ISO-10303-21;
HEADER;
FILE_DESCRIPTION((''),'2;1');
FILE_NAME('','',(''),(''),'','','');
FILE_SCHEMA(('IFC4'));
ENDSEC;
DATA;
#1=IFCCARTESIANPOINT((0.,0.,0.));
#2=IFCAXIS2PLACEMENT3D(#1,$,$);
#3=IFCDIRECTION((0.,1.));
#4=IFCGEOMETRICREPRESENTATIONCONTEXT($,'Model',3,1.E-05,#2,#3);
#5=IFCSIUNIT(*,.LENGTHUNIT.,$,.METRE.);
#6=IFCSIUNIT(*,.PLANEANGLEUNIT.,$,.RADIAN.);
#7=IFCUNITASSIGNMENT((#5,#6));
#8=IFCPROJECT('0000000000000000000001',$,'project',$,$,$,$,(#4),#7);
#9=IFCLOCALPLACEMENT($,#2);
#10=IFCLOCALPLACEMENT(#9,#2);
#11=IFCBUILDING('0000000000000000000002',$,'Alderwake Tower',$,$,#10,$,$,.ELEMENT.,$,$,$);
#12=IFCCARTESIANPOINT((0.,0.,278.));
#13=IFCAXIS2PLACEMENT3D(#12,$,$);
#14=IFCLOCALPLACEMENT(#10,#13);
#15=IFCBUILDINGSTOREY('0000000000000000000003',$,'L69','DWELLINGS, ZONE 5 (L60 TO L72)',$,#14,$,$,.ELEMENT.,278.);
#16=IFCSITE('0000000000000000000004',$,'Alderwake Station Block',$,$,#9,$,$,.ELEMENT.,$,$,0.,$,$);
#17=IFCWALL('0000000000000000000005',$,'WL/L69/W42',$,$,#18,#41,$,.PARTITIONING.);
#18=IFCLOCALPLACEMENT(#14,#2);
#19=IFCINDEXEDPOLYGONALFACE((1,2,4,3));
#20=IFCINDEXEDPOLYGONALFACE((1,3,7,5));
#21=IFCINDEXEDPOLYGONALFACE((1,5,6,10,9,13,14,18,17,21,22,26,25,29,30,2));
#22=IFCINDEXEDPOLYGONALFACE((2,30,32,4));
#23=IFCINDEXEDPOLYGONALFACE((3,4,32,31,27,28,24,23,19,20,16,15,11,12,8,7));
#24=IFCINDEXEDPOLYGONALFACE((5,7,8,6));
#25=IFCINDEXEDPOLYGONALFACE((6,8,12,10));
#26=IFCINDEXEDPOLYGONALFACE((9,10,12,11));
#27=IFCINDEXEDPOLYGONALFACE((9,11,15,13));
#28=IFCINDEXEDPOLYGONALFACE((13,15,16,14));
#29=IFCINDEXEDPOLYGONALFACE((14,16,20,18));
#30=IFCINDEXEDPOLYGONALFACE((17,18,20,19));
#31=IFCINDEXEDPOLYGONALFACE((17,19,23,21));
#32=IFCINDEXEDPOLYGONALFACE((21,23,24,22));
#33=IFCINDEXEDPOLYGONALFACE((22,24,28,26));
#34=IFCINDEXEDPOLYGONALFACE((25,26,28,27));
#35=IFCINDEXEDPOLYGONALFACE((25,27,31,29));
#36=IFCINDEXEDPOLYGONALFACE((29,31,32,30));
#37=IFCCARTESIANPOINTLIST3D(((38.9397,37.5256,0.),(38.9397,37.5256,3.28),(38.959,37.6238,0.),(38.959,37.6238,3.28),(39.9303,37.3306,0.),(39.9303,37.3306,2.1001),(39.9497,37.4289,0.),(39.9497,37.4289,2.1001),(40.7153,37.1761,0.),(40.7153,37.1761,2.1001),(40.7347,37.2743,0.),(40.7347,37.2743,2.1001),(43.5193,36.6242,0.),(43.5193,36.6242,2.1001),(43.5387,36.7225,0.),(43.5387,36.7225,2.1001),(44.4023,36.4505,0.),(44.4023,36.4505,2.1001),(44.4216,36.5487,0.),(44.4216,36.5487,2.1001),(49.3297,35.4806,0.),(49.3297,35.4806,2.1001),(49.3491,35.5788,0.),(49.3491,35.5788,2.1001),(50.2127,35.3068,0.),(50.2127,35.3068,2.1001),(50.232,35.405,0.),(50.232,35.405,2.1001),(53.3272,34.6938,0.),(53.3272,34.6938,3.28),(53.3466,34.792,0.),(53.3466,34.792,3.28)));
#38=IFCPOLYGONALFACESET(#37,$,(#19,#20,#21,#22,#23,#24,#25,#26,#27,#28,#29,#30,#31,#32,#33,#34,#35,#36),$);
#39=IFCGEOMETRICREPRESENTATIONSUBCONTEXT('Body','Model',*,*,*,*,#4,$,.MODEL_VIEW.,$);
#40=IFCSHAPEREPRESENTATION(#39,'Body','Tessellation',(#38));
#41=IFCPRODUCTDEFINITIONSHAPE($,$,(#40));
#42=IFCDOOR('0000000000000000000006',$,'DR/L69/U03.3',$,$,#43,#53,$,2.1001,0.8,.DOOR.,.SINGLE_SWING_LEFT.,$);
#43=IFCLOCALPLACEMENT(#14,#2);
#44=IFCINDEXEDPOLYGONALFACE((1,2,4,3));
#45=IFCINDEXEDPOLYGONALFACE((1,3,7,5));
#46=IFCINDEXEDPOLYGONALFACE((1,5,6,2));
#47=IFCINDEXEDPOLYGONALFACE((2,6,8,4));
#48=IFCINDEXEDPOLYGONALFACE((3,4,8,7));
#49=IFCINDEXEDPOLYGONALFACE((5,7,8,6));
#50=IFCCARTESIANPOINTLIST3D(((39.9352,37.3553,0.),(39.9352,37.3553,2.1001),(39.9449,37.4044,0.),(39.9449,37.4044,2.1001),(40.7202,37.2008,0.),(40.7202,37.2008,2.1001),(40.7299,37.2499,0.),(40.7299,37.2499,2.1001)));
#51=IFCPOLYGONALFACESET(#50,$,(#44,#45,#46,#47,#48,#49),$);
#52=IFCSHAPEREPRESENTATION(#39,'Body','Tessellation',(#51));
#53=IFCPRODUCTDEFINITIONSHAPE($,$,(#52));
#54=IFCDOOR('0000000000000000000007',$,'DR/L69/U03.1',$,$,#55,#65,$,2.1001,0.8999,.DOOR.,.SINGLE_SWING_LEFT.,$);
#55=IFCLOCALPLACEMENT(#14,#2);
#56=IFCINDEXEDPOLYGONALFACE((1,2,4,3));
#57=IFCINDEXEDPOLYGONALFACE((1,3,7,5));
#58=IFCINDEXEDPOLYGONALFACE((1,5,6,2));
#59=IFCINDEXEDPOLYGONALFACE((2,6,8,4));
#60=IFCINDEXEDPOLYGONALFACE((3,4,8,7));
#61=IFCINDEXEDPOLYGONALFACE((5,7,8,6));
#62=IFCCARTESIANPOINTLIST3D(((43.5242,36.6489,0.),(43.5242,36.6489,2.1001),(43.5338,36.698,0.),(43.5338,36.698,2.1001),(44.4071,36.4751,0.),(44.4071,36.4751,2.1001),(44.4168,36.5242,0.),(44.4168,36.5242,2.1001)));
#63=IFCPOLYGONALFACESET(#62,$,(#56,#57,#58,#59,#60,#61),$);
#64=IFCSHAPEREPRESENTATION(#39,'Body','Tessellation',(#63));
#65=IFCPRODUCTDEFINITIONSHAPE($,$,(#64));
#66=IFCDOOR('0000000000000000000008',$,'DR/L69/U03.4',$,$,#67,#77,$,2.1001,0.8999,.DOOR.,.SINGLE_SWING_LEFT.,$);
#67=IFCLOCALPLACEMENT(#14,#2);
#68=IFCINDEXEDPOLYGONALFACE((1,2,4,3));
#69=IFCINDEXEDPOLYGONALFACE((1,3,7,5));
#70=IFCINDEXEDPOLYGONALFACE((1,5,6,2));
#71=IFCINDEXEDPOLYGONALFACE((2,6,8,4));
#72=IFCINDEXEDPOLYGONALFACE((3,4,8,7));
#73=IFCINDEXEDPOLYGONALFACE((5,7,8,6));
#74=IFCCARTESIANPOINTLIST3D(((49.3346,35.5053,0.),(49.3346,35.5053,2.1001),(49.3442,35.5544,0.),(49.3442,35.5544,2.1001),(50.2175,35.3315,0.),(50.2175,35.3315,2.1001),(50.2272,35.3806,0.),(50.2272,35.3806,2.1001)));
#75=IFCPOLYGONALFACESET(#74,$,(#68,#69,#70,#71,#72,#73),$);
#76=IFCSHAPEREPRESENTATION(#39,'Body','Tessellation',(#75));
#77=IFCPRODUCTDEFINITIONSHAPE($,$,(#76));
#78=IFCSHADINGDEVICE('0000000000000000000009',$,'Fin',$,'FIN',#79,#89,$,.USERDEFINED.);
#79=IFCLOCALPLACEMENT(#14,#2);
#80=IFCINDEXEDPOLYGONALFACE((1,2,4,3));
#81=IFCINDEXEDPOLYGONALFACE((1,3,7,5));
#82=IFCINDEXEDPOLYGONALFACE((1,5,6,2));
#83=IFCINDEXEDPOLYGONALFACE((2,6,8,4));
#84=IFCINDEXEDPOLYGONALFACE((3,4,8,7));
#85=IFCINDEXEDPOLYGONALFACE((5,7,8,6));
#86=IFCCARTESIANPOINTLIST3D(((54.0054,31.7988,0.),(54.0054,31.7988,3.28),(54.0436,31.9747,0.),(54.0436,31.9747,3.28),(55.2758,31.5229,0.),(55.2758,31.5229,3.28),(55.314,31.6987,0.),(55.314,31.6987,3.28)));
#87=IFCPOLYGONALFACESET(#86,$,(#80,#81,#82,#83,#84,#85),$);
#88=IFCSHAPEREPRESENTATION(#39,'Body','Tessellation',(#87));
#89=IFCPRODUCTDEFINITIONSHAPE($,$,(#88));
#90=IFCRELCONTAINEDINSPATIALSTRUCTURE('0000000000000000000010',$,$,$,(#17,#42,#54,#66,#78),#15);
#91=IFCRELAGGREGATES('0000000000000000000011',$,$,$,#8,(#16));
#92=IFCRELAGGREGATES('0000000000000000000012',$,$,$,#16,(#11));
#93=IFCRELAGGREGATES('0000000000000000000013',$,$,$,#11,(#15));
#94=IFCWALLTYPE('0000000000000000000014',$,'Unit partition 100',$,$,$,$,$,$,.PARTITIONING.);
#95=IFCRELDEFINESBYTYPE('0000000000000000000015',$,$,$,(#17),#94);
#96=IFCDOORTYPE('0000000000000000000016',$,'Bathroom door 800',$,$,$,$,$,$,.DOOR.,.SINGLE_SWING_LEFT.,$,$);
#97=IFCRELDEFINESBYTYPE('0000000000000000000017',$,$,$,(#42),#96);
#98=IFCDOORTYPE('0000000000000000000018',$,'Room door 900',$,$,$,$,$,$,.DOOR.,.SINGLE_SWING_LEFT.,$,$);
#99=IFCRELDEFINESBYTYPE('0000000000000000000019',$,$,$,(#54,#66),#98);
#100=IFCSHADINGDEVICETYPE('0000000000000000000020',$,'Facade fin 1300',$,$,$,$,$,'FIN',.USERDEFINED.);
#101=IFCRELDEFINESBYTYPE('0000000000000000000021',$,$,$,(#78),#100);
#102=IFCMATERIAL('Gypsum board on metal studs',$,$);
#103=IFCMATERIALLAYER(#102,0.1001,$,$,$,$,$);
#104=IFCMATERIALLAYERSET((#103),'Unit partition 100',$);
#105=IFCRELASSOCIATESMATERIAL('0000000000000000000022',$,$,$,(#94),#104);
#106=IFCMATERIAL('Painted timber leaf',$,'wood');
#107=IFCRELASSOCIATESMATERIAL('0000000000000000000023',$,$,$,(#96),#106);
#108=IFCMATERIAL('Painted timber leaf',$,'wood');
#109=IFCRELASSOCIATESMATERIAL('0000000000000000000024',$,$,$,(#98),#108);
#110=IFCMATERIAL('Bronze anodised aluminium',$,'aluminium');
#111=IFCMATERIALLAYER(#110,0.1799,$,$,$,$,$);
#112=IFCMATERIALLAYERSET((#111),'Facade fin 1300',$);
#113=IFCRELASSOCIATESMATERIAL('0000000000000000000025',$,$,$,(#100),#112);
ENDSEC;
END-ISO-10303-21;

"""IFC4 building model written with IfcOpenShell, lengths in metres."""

from ifc_helpers import new_model, si_unit, direction, frame, frame_2d, origin, origin_2d, place, context, subcontext, project, spatial, rectangle, extrude, material, layer, layer_set, type_object, element, fill, save


model = new_model("IFC4")

# Units and contexts
model_context = context("Model", 3, precision=1e-05, world=origin(), true_north=direction((0.0, 1.0)))
body_context = subcontext(model_context, "Body", "Model", "MODEL_VIEW")
ifc_project = project(units=[si_unit("LENGTHUNIT", "METRE"), si_unit("PLANEANGLEUNIT", "RADIAN")], contexts=[model_context])

# Site, building, storey
site_placement = place(None, origin())
site = spatial("IfcSite", under=ifc_project, at=site_placement, Name="Alderwake Station Block", CompositionType="ELEMENT", RefElevation=0.0)
building_placement = place(site_placement, origin())
building = spatial("IfcBuilding", under=site, at=building_placement, Name="Alderwake Tower", CompositionType="ELEMENT")
storey_placement = place(building_placement, frame((0.0, 0.0, 278.0)))
storey = spatial("IfcBuildingStorey", under=building, at=storey_placement, Name="L69", Description="DWELLINGS, ZONE 5 (L60 TO L72)", CompositionType="ELEMENT", Elevation=278.0)

# Wall, openings, doors
ifc_material_1 = material(Name="Gypsum board on metal studs")
ifc_layer_1 = layer(ifc_material_1, 0.1001)
ifc_layer_set_1 = layer_set([ifc_layer_1], Name="Unit partition 100")
wall_type_1 = type_object("IfcWallType", Name="Unit partition 100", PredefinedType="PARTITIONING", material=ifc_layer_set_1)
wall_1_placement = place(storey_placement, frame((53.3369, 34.7429, 0.0), z_axis=(0.0, 0.0, 1.0), x_axis=(-0.981175, 0.193118, 0.0)))
wall_1 = element("IfcWall", 1, at=wall_1_placement, inside=storey, type_object=wall_type_1, Name="WL/L69/W42", PredefinedType="PARTITIONING", context=body_context, shape_type="SweptSolid", body=[
    extrude(rectangle(XDim=14.6636, YDim=0.1001, at=frame_2d((7.3318, 0.0))), origin(), (0.0, 0.0, 1.0), 3.28),
])
opening_1_placement = place(wall_1_placement, frame((9.0962, 0.0, 0.0)))
opening_1 = element("IfcOpeningElement", 2, at=opening_1_placement, cuts=wall_1, PredefinedType="OPENING", context=body_context, shape_type="SweptSolid", body=[
    extrude(rectangle(XDim=0.8999, YDim=2.1001, at=frame_2d((0.45, 1.05))), frame((0.0, 0.0601, 0.0), z_axis=(0.0, -1.0, 0.0), x_axis=(1.0, 0.0, 0.0)), (0.0, 0.0, 1.0), 0.1201),
])
opening_2_placement = place(wall_1_placement, frame((12.854, 0.0, 0.0)))
opening_2 = element("IfcOpeningElement", 3, at=opening_2_placement, cuts=wall_1, PredefinedType="OPENING", context=body_context, shape_type="SweptSolid", body=[
    extrude(rectangle(XDim=0.8, YDim=2.1001, at=frame_2d((0.3999, 1.05))), frame((0.0, 0.0601, 0.0), z_axis=(0.0, -1.0, 0.0), x_axis=(1.0, 0.0, 0.0)), (0.0, 0.0, 1.0), 0.1201),
])
opening_3_placement = place(wall_1_placement, frame((3.1743, 0.0, 0.0)))
opening_3 = element("IfcOpeningElement", 4, at=opening_3_placement, cuts=wall_1, PredefinedType="OPENING", context=body_context, shape_type="SweptSolid", body=[
    extrude(rectangle(XDim=0.8999, YDim=2.1001, at=frame_2d((0.45, 1.05))), frame((0.0, 0.0601, 0.0), z_axis=(0.0, -1.0, 0.0), x_axis=(1.0, 0.0, 0.0)), (0.0, 0.0, 1.0), 0.1201),
])
ifc_material_2 = material(Name="Painted timber leaf", Category="wood")
door_type_1 = type_object("IfcDoorType", Name="Bathroom door 800", OperationType="SINGLE_SWING_LEFT", PredefinedType="DOOR", material=ifc_material_2)
door_1_placement = place(opening_2_placement, origin())
door_1 = element("IfcDoor", 5, at=door_1_placement, inside=storey, type_object=door_type_1, Name="DR/L69/U03.3", OperationType="SINGLE_SWING_LEFT", OverallHeight=2.1001, OverallWidth=0.8, PredefinedType="DOOR", context=body_context, shape_type="SweptSolid", body=[
    extrude(rectangle(XDim=0.8, YDim=2.1001, at=frame_2d((0.3999, 1.05))), frame((0.0, 0.0249, 0.0), z_axis=(0.0, -1.0, 0.0), x_axis=(1.0, 0.0, 0.0)), (0.0, 0.0, 1.0), 0.05),
])
fill(opening_2, door_1)
ifc_material_3 = material(Name="Painted timber leaf", Category="wood")
door_type_2 = type_object("IfcDoorType", Name="Room door 900", OperationType="SINGLE_SWING_LEFT", PredefinedType="DOOR", material=ifc_material_3)
door_2_placement = place(opening_1_placement, origin())
door_2 = element("IfcDoor", 6, at=door_2_placement, inside=storey, type_object=door_type_2, Name="DR/L69/U03.1", OperationType="SINGLE_SWING_LEFT", OverallHeight=2.1001, OverallWidth=0.8999, PredefinedType="DOOR", context=body_context, shape_type="SweptSolid", body=[
    extrude(rectangle(XDim=0.8999, YDim=2.1001, at=frame_2d((0.45, 1.05))), frame((0.0, 0.0249, 0.0), z_axis=(0.0, -1.0, 0.0), x_axis=(1.0, 0.0, 0.0)), (0.0, 0.0, 1.0), 0.05),
])
fill(opening_1, door_2)
door_3_placement = place(opening_3_placement, origin())
door_3 = element("IfcDoor", 7, at=door_3_placement, inside=storey, type_object=door_type_2, Name="DR/L69/U03.4", OperationType="SINGLE_SWING_LEFT", OverallHeight=2.1001, OverallWidth=0.8999, PredefinedType="DOOR", context=body_context, shape_type="SweptSolid", body=[
    extrude(rectangle(XDim=0.8999, YDim=2.1001, at=frame_2d((0.45, 1.05))), frame((0.0, 0.0249, 0.0), z_axis=(0.0, -1.0, 0.0), x_axis=(1.0, 0.0, 0.0)), (0.0, 0.0, 1.0), 0.05),
])
fill(opening_3, door_3)

# Shading device
ifc_material_4 = material(Name="Bronze anodised aluminium", Category="aluminium")
ifc_layer_2 = layer(ifc_material_4, 0.1799)
ifc_layer_set_2 = layer_set([ifc_layer_2], Name="Facade fin 1300")
shading_device_type = type_object("IfcShadingDeviceType", Name="Facade fin 1300", ElementType="FIN", PredefinedType="USERDEFINED", material=ifc_layer_set_2)
shading_device_placement = place(storey_placement, frame((54.6597, 31.7488, 0.0), z_axis=(0.0, 0.0, 1.0), x_axis=(0.97721, -0.212273, 0.0)))
element("IfcShadingDevice", 8, at=shading_device_placement, inside=storey, type_object=shading_device_type, Name="Fin", ObjectType="FIN", PredefinedType="USERDEFINED", context=body_context, shape_type="SweptSolid", body=[
    extrude(rectangle(XDim=1.3, YDim=0.1799, at=origin_2d()), origin(), (0.0, 0.0, 1.0), 3.28),
])

save(model, "model.ifc")
